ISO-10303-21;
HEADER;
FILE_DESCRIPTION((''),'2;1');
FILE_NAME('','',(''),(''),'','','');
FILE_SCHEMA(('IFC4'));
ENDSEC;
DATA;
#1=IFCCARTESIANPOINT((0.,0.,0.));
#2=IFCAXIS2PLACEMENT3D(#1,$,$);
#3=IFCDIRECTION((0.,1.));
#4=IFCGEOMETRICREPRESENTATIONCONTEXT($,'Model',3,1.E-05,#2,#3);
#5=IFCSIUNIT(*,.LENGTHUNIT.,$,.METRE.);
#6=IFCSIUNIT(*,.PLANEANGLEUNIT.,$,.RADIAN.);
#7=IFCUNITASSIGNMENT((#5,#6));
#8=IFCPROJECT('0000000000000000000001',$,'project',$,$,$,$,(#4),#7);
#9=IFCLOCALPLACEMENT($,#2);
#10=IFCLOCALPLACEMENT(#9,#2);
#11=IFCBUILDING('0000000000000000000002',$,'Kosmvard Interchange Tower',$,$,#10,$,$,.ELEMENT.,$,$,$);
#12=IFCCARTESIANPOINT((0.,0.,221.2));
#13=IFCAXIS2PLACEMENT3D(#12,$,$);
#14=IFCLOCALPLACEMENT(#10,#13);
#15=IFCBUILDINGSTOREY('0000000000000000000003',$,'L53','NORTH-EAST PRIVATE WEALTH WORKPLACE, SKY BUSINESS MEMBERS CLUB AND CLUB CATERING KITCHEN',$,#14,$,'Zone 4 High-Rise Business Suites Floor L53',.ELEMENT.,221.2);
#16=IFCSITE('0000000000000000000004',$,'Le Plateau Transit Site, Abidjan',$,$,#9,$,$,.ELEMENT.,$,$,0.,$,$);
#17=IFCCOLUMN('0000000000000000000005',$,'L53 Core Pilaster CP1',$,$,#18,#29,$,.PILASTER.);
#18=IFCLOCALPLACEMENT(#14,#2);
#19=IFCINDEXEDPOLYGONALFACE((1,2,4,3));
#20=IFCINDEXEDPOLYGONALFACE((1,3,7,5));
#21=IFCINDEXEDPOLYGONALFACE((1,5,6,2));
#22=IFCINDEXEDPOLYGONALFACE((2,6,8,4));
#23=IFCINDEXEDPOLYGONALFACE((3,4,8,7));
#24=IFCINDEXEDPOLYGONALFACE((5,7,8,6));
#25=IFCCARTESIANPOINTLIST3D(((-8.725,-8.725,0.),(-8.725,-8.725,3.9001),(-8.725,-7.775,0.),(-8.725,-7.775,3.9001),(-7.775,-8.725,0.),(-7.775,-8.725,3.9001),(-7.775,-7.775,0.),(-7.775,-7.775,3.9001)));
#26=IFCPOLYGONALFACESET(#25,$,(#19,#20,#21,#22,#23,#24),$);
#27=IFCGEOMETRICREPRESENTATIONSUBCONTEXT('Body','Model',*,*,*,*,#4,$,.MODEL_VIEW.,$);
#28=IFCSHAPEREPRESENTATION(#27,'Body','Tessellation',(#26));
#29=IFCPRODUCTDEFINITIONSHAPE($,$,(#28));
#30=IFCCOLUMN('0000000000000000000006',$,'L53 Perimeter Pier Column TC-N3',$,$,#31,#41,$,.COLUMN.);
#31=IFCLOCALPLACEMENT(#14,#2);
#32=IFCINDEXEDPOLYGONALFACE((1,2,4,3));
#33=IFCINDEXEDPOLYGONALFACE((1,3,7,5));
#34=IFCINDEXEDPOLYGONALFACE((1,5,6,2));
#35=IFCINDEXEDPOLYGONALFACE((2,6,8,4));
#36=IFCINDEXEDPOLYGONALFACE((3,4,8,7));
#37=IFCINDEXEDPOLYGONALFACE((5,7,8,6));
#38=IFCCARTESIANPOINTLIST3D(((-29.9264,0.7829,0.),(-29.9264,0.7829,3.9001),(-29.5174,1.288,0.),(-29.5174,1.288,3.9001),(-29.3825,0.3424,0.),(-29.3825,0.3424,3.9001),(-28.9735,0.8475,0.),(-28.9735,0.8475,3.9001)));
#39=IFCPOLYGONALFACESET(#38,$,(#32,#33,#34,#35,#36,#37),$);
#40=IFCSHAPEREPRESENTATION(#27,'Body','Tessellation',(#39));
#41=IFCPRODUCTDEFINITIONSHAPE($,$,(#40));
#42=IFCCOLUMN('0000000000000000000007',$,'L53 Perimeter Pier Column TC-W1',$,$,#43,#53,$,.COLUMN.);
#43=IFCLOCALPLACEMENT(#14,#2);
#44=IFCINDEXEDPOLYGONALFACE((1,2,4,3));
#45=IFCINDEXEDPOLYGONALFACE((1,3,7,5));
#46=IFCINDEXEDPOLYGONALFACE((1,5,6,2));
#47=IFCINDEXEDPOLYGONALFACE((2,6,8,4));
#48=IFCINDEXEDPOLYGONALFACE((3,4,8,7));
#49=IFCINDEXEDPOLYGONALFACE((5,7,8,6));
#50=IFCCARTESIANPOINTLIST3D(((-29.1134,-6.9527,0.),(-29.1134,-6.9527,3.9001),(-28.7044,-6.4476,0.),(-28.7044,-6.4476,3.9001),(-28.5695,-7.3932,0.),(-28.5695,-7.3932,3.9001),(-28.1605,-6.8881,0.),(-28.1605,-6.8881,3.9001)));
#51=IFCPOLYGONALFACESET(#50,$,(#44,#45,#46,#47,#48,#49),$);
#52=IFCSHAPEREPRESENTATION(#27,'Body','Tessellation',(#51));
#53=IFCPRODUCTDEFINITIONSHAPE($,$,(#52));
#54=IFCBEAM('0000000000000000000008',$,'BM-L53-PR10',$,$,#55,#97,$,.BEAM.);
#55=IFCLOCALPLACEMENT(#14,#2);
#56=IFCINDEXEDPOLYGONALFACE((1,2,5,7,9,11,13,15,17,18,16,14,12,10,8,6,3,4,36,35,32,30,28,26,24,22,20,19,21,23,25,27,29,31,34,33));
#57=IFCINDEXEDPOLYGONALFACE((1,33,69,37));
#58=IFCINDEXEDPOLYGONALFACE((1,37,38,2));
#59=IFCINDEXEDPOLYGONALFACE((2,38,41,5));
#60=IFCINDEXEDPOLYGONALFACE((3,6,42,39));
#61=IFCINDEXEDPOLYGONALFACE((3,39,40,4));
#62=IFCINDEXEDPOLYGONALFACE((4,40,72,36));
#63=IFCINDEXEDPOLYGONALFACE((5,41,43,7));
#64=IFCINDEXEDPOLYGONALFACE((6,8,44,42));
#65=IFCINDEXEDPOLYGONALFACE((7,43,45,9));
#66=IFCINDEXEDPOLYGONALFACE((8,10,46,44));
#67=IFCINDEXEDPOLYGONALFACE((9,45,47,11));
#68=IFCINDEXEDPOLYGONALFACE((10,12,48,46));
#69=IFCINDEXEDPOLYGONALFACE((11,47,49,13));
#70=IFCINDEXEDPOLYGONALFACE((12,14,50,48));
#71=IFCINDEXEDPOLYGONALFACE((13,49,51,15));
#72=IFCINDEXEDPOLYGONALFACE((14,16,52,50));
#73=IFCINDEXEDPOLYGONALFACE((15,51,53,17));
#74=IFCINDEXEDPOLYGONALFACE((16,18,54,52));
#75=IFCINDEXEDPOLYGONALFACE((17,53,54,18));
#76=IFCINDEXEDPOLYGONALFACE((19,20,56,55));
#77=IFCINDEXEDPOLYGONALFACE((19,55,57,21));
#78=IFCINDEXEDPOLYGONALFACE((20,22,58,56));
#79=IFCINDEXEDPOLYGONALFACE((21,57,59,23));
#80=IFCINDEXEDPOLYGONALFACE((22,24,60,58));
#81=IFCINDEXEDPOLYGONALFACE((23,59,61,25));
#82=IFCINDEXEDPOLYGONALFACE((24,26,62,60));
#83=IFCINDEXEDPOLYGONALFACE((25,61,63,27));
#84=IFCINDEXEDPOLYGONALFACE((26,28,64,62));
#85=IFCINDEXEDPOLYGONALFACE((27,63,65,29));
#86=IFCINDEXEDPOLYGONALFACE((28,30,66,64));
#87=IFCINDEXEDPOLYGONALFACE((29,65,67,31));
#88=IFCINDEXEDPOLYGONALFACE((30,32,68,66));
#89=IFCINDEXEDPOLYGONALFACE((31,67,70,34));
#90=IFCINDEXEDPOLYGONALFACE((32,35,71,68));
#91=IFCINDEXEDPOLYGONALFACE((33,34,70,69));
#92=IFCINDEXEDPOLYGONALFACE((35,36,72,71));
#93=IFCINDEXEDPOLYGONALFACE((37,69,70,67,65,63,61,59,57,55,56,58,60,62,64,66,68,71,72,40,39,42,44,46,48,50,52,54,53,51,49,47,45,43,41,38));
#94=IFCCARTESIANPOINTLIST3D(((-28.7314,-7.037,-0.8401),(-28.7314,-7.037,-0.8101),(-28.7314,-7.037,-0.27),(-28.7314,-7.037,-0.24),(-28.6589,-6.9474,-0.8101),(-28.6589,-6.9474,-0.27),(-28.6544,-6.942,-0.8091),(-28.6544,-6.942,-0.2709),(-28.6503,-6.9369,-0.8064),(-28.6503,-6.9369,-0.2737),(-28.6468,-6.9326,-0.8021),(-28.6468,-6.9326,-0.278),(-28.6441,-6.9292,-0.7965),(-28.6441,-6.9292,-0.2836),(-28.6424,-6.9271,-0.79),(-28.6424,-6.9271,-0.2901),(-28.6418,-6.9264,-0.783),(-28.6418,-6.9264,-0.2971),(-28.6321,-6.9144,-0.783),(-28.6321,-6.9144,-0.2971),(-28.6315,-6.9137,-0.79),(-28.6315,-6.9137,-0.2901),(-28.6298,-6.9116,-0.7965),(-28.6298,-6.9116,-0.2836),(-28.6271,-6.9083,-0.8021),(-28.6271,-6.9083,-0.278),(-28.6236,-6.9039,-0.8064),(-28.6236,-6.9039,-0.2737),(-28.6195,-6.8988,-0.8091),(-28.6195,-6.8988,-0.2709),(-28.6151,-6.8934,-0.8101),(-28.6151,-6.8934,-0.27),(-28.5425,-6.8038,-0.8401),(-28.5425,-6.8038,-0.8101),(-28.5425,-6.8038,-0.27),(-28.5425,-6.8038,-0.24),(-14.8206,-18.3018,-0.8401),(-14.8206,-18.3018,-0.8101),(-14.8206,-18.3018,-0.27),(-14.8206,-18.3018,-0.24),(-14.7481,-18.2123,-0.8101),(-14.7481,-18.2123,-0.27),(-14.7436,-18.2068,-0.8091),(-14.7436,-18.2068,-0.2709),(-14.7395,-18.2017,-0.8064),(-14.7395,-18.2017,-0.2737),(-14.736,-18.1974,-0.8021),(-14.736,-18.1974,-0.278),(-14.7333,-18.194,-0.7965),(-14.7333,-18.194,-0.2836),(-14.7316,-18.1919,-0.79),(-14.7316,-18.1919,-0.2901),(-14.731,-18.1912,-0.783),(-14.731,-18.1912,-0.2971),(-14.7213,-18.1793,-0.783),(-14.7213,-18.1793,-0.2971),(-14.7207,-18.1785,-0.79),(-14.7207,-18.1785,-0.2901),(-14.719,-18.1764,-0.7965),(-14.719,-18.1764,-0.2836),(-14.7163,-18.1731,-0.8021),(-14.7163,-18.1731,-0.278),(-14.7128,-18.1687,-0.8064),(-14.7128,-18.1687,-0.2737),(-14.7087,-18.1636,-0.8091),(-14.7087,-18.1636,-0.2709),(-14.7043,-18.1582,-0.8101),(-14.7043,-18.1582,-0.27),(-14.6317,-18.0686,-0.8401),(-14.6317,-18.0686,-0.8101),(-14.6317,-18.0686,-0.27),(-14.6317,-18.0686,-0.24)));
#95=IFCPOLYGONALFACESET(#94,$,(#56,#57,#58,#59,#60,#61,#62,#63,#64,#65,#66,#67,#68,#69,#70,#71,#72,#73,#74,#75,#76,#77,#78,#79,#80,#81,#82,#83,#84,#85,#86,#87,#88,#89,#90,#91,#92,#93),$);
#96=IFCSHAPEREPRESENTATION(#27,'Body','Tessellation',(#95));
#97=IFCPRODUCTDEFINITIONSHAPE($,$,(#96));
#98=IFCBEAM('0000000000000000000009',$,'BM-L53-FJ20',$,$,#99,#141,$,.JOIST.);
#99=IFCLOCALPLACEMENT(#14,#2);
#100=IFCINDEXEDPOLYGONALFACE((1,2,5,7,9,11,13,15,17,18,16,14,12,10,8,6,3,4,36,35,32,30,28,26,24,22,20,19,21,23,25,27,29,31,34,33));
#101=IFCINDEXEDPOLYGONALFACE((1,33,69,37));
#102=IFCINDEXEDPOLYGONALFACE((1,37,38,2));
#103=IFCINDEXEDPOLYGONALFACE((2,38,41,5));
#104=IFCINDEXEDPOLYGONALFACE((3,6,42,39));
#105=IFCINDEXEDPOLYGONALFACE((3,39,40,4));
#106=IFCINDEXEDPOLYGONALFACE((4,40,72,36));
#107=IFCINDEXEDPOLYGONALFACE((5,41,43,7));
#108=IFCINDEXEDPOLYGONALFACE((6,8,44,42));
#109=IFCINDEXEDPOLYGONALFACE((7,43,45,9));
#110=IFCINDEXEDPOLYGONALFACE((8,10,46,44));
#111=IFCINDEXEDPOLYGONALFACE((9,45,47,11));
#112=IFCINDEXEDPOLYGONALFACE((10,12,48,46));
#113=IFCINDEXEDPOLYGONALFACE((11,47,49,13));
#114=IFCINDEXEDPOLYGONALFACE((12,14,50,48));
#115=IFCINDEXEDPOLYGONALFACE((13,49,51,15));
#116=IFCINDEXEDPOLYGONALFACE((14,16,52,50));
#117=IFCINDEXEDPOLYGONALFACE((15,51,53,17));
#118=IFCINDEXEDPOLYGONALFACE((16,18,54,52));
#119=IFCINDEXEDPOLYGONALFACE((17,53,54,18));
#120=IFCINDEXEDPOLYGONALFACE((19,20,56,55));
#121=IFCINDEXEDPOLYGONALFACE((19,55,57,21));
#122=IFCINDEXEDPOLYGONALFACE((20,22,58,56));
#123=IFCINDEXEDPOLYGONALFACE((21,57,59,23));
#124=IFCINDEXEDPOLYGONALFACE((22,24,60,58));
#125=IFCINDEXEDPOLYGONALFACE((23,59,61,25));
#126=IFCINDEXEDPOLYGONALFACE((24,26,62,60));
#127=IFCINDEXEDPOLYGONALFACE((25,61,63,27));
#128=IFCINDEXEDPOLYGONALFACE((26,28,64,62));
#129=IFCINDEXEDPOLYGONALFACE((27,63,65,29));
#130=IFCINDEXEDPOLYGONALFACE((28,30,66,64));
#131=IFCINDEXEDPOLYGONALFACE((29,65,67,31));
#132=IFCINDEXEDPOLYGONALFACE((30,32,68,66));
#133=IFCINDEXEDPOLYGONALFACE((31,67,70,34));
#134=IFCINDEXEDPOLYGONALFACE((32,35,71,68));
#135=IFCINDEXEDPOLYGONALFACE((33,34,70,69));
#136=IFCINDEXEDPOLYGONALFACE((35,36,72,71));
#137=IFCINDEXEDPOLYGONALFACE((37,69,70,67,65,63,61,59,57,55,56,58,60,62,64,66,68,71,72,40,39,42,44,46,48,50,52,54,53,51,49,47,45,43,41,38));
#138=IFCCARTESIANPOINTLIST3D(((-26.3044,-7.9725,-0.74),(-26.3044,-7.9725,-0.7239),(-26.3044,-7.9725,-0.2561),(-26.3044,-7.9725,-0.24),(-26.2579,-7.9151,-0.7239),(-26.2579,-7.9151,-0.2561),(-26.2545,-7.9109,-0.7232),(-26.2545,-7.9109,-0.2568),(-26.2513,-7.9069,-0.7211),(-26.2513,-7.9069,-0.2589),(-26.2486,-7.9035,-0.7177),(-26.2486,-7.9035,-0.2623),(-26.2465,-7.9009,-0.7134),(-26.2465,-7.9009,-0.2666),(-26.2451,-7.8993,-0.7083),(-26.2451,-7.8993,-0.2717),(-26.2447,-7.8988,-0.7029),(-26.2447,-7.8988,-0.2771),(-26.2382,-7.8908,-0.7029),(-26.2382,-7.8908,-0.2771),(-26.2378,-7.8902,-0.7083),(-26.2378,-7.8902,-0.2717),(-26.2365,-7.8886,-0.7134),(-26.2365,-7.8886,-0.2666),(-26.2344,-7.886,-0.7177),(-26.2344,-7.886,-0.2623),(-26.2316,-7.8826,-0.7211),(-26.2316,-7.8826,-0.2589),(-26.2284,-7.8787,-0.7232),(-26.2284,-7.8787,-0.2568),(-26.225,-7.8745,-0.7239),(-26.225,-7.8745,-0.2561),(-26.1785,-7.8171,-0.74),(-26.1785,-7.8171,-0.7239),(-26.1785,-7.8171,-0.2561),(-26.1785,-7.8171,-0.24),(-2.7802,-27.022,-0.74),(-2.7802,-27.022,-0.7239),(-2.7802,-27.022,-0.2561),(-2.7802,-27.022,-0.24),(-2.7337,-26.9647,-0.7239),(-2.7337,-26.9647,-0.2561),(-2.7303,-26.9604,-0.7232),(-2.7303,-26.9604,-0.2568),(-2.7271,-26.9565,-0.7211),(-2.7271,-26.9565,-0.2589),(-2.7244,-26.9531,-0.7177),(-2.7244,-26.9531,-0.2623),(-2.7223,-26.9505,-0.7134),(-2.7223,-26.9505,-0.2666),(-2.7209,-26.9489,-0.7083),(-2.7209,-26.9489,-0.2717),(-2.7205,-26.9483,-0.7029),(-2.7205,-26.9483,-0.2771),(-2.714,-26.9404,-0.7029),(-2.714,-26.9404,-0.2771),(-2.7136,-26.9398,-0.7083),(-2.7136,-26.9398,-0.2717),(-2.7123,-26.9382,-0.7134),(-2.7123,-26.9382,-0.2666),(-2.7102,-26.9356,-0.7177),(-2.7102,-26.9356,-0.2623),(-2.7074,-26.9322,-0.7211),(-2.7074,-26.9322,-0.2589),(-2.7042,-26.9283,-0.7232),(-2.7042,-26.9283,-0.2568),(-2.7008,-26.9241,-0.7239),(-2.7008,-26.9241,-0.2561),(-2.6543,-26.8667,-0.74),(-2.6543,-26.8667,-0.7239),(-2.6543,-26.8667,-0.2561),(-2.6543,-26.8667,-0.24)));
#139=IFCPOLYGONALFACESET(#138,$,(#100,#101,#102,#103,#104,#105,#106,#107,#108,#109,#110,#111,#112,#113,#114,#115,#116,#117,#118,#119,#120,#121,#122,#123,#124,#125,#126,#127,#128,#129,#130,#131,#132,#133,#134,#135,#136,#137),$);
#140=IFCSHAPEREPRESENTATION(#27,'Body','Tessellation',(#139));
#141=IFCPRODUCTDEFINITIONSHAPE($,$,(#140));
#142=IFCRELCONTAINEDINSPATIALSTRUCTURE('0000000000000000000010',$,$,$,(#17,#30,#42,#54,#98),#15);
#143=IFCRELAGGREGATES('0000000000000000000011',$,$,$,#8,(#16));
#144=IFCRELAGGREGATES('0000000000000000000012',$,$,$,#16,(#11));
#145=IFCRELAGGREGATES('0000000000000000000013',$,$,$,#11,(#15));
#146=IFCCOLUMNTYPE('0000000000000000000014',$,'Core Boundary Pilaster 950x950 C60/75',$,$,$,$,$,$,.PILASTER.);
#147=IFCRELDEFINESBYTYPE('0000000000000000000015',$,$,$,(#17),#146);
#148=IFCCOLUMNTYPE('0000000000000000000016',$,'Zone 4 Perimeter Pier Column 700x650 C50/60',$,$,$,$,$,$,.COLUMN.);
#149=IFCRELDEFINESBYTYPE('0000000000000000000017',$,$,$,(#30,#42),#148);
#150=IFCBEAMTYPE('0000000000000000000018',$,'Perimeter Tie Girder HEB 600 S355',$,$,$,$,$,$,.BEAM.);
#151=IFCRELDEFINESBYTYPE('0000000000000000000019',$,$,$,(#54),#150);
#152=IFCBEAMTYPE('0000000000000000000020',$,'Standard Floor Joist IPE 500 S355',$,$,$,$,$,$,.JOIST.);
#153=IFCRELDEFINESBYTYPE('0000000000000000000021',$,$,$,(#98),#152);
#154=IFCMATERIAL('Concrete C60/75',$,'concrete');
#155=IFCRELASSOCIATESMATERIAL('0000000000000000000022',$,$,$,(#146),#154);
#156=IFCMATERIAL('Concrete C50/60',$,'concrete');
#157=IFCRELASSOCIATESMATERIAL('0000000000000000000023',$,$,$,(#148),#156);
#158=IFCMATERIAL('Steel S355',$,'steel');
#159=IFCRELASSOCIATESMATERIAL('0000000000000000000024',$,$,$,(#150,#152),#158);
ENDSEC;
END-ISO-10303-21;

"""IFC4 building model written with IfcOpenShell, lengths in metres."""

from ifc_helpers import new_model, si_unit, direction, frame, origin, origin_2d, place, context, subcontext, project, spatial, rectangle, i_section, extrude, source, transform, mapped, material, material_profile, profile_set, type_object, element, save


model = new_model("IFC4")

# Units and contexts
model_context = context("Model", 3, precision=1e-05, world=origin(), true_north=direction((0.0, 1.0)))
body_context = subcontext(model_context, "Body", "Model", "MODEL_VIEW")
ifc_project = project(units=[si_unit("LENGTHUNIT", "METRE"), si_unit("PLANEANGLEUNIT", "RADIAN")], contexts=[model_context])

# Site, building, storey
site_placement = place(None, origin())
site = spatial("IfcSite", under=ifc_project, at=site_placement, Name="Le Plateau Transit Site, Abidjan", CompositionType="ELEMENT", RefElevation=0.0)
building_placement = place(site_placement, origin())
building = spatial("IfcBuilding", under=site, at=building_placement, Name="Kosmvard Interchange Tower", CompositionType="ELEMENT")
storey_placement = place(building_placement, frame((0.0, 0.0, 221.2)))
storey = spatial("IfcBuildingStorey", under=building, at=storey_placement, Name="L53", Description="NORTH-EAST PRIVATE WEALTH WORKPLACE, SKY BUSINESS MEMBERS CLUB AND CLUB CATERING KITCHEN", LongName="Zone 4 High-Rise Business Suites Floor L53", CompositionType="ELEMENT", Elevation=221.2)

# Columns
ifc_material_1 = material(Name="Concrete C60/75", Category="concrete")
ifc_material_profile_1 = material_profile(ifc_material_1, rectangle(XDim=0.95, YDim=0.95, at=origin_2d()), Name="CP 950x950")
ifc_profile_set_1 = profile_set([ifc_material_profile_1], Name="Concrete C60/75")
column_type_1 = type_object("IfcColumnType", Name="Core Boundary Pilaster 950x950 C60/75", PredefinedType="PILASTER", material=ifc_profile_set_1)
shared_shape_1 = source(origin(), body_context, "Body", "SweptSolid", [
    extrude(rectangle(XDim=0.95, YDim=0.95, at=origin_2d()), origin(), (0.0, 0.0, 1.0), 3.9001),
])
column_placement = place(storey_placement, frame((-8.25, -8.25, 0.0), z_axis=(0.0, 0.0, 1.0), x_axis=(1.0, 0.0, 0.0)))
element("IfcColumn", 1, at=column_placement, inside=storey, type_object=column_type_1, Name="L53 Core Pilaster CP1", PredefinedType="PILASTER", context=body_context, shape_type="MappedRepresentation", body=[
    mapped(shared_shape_1, transform((0.0, 0.0, 0.0), scale=1.0)),
])
ifc_material_2 = material(Name="Concrete C50/60", Category="concrete")
ifc_material_profile_2 = material_profile(ifc_material_2, rectangle(XDim=0.6499, YDim=0.7, at=origin_2d()), Name="TC 700x650")
ifc_profile_set_2 = profile_set([ifc_material_profile_2], Name="Concrete C50/60")
column_type_2 = type_object("IfcColumnType", Name="Zone 4 Perimeter Pier Column 700x650 C50/60", PredefinedType="COLUMN", material=ifc_profile_set_2)
shared_shape_2 = source(origin(), body_context, "Body", "SweptSolid", [
    extrude(rectangle(XDim=0.6499, YDim=0.7, at=origin_2d()), origin(), (0.0, 0.0, 1.0), 3.9001),
])
for number, where, z_axis, x_axis, name in (
    (2, (-29.45, 0.8152, 0.0), (0.0, 0.0, 1.0), (0.62932, 0.777146, 0.0), "L53 Perimeter Pier Column TC-N3"),
    (3, (-28.637, -6.9204, 0.0), (0.0, 0.0, 1.0), (0.62932, 0.777146, 0.0), "L53 Perimeter Pier Column TC-W1"),
):
    element("IfcColumn", number, at=place(storey_placement, frame(where, z_axis=z_axis, x_axis=x_axis)), inside=storey, type_object=column_type_2, Name=name, PredefinedType="COLUMN", context=body_context, shape_type="MappedRepresentation", body=[
        mapped(shared_shape_2, transform((0.0, 0.0, 0.0), scale=1.0)),
    ])

# Beams
ifc_material_3 = material(Name="Steel S355", Category="steel")
ifc_material_profile_3 = material_profile(ifc_material_3, i_section(OverallWidth=0.3, OverallDepth=0.6001, WebThickness=0.0154, FlangeThickness=0.03, FilletRadius=0.0271, at=origin_2d()), Name="HEB 600")
ifc_profile_set_3 = profile_set([ifc_material_profile_3], Name="Steel S355")
beam_type_1 = type_object("IfcBeamType", Name="Perimeter Tie Girder HEB 600 S355", PredefinedType="BEAM", material=ifc_profile_set_3)
shared_shape_3 = source(origin(), body_context, "Body", "SweptSolid", [
    extrude(i_section(OverallWidth=0.3, OverallDepth=0.6001, WebThickness=0.0154, FlangeThickness=0.03, FilletRadius=0.0271, at=origin_2d()), origin(), (0.0, 0.0, 1.0), 17.8999),
])
beam_1_placement = place(storey_placement, frame((-28.637, -6.9204, -0.54), z_axis=(0.777144, -0.629323, 0.0), x_axis=(0.629323, 0.777144, 0.0)))
element("IfcBeam", 4, at=beam_1_placement, inside=storey, type_object=beam_type_1, Name="BM-L53-PR10", PredefinedType="BEAM", context=body_context, shape_type="MappedRepresentation", body=[
    mapped(shared_shape_3, transform((0.0, 0.0, 0.0), scale=1.0)),
])
ifc_material_profile_4 = material_profile(ifc_material_3, i_section(OverallWidth=0.2, OverallDepth=0.5, WebThickness=0.0103, FlangeThickness=0.0161, FilletRadius=0.021, at=origin_2d()), Name="IPE 500")
ifc_profile_set_4 = profile_set([ifc_material_profile_4], Name="Steel S355")
beam_type_2 = type_object("IfcBeamType", Name="Standard Floor Joist IPE 500 S355", PredefinedType="JOIST", material=ifc_profile_set_4)
shared_shape_4 = source(origin(), body_context, "Body", "SweptSolid", [
    extrude(i_section(OverallWidth=0.2, OverallDepth=0.5, WebThickness=0.0103, FlangeThickness=0.0161, FilletRadius=0.021, at=origin_2d()), origin(), (0.0, 0.0, 1.0), 30.27),
])
beam_2_placement = place(storey_placement, frame((-26.2415, -7.8948, -0.49), z_axis=(0.777145, -0.629322, 0.0), x_axis=(0.629322, 0.777145, 0.0)))
element("IfcBeam", 5, at=beam_2_placement, inside=storey, type_object=beam_type_2, Name="BM-L53-FJ20", PredefinedType="JOIST", context=body_context, shape_type="MappedRepresentation", body=[
    mapped(shared_shape_4, transform((0.0, 0.0, 0.0), scale=1.0)),
])

save(model, "model.ifc")
